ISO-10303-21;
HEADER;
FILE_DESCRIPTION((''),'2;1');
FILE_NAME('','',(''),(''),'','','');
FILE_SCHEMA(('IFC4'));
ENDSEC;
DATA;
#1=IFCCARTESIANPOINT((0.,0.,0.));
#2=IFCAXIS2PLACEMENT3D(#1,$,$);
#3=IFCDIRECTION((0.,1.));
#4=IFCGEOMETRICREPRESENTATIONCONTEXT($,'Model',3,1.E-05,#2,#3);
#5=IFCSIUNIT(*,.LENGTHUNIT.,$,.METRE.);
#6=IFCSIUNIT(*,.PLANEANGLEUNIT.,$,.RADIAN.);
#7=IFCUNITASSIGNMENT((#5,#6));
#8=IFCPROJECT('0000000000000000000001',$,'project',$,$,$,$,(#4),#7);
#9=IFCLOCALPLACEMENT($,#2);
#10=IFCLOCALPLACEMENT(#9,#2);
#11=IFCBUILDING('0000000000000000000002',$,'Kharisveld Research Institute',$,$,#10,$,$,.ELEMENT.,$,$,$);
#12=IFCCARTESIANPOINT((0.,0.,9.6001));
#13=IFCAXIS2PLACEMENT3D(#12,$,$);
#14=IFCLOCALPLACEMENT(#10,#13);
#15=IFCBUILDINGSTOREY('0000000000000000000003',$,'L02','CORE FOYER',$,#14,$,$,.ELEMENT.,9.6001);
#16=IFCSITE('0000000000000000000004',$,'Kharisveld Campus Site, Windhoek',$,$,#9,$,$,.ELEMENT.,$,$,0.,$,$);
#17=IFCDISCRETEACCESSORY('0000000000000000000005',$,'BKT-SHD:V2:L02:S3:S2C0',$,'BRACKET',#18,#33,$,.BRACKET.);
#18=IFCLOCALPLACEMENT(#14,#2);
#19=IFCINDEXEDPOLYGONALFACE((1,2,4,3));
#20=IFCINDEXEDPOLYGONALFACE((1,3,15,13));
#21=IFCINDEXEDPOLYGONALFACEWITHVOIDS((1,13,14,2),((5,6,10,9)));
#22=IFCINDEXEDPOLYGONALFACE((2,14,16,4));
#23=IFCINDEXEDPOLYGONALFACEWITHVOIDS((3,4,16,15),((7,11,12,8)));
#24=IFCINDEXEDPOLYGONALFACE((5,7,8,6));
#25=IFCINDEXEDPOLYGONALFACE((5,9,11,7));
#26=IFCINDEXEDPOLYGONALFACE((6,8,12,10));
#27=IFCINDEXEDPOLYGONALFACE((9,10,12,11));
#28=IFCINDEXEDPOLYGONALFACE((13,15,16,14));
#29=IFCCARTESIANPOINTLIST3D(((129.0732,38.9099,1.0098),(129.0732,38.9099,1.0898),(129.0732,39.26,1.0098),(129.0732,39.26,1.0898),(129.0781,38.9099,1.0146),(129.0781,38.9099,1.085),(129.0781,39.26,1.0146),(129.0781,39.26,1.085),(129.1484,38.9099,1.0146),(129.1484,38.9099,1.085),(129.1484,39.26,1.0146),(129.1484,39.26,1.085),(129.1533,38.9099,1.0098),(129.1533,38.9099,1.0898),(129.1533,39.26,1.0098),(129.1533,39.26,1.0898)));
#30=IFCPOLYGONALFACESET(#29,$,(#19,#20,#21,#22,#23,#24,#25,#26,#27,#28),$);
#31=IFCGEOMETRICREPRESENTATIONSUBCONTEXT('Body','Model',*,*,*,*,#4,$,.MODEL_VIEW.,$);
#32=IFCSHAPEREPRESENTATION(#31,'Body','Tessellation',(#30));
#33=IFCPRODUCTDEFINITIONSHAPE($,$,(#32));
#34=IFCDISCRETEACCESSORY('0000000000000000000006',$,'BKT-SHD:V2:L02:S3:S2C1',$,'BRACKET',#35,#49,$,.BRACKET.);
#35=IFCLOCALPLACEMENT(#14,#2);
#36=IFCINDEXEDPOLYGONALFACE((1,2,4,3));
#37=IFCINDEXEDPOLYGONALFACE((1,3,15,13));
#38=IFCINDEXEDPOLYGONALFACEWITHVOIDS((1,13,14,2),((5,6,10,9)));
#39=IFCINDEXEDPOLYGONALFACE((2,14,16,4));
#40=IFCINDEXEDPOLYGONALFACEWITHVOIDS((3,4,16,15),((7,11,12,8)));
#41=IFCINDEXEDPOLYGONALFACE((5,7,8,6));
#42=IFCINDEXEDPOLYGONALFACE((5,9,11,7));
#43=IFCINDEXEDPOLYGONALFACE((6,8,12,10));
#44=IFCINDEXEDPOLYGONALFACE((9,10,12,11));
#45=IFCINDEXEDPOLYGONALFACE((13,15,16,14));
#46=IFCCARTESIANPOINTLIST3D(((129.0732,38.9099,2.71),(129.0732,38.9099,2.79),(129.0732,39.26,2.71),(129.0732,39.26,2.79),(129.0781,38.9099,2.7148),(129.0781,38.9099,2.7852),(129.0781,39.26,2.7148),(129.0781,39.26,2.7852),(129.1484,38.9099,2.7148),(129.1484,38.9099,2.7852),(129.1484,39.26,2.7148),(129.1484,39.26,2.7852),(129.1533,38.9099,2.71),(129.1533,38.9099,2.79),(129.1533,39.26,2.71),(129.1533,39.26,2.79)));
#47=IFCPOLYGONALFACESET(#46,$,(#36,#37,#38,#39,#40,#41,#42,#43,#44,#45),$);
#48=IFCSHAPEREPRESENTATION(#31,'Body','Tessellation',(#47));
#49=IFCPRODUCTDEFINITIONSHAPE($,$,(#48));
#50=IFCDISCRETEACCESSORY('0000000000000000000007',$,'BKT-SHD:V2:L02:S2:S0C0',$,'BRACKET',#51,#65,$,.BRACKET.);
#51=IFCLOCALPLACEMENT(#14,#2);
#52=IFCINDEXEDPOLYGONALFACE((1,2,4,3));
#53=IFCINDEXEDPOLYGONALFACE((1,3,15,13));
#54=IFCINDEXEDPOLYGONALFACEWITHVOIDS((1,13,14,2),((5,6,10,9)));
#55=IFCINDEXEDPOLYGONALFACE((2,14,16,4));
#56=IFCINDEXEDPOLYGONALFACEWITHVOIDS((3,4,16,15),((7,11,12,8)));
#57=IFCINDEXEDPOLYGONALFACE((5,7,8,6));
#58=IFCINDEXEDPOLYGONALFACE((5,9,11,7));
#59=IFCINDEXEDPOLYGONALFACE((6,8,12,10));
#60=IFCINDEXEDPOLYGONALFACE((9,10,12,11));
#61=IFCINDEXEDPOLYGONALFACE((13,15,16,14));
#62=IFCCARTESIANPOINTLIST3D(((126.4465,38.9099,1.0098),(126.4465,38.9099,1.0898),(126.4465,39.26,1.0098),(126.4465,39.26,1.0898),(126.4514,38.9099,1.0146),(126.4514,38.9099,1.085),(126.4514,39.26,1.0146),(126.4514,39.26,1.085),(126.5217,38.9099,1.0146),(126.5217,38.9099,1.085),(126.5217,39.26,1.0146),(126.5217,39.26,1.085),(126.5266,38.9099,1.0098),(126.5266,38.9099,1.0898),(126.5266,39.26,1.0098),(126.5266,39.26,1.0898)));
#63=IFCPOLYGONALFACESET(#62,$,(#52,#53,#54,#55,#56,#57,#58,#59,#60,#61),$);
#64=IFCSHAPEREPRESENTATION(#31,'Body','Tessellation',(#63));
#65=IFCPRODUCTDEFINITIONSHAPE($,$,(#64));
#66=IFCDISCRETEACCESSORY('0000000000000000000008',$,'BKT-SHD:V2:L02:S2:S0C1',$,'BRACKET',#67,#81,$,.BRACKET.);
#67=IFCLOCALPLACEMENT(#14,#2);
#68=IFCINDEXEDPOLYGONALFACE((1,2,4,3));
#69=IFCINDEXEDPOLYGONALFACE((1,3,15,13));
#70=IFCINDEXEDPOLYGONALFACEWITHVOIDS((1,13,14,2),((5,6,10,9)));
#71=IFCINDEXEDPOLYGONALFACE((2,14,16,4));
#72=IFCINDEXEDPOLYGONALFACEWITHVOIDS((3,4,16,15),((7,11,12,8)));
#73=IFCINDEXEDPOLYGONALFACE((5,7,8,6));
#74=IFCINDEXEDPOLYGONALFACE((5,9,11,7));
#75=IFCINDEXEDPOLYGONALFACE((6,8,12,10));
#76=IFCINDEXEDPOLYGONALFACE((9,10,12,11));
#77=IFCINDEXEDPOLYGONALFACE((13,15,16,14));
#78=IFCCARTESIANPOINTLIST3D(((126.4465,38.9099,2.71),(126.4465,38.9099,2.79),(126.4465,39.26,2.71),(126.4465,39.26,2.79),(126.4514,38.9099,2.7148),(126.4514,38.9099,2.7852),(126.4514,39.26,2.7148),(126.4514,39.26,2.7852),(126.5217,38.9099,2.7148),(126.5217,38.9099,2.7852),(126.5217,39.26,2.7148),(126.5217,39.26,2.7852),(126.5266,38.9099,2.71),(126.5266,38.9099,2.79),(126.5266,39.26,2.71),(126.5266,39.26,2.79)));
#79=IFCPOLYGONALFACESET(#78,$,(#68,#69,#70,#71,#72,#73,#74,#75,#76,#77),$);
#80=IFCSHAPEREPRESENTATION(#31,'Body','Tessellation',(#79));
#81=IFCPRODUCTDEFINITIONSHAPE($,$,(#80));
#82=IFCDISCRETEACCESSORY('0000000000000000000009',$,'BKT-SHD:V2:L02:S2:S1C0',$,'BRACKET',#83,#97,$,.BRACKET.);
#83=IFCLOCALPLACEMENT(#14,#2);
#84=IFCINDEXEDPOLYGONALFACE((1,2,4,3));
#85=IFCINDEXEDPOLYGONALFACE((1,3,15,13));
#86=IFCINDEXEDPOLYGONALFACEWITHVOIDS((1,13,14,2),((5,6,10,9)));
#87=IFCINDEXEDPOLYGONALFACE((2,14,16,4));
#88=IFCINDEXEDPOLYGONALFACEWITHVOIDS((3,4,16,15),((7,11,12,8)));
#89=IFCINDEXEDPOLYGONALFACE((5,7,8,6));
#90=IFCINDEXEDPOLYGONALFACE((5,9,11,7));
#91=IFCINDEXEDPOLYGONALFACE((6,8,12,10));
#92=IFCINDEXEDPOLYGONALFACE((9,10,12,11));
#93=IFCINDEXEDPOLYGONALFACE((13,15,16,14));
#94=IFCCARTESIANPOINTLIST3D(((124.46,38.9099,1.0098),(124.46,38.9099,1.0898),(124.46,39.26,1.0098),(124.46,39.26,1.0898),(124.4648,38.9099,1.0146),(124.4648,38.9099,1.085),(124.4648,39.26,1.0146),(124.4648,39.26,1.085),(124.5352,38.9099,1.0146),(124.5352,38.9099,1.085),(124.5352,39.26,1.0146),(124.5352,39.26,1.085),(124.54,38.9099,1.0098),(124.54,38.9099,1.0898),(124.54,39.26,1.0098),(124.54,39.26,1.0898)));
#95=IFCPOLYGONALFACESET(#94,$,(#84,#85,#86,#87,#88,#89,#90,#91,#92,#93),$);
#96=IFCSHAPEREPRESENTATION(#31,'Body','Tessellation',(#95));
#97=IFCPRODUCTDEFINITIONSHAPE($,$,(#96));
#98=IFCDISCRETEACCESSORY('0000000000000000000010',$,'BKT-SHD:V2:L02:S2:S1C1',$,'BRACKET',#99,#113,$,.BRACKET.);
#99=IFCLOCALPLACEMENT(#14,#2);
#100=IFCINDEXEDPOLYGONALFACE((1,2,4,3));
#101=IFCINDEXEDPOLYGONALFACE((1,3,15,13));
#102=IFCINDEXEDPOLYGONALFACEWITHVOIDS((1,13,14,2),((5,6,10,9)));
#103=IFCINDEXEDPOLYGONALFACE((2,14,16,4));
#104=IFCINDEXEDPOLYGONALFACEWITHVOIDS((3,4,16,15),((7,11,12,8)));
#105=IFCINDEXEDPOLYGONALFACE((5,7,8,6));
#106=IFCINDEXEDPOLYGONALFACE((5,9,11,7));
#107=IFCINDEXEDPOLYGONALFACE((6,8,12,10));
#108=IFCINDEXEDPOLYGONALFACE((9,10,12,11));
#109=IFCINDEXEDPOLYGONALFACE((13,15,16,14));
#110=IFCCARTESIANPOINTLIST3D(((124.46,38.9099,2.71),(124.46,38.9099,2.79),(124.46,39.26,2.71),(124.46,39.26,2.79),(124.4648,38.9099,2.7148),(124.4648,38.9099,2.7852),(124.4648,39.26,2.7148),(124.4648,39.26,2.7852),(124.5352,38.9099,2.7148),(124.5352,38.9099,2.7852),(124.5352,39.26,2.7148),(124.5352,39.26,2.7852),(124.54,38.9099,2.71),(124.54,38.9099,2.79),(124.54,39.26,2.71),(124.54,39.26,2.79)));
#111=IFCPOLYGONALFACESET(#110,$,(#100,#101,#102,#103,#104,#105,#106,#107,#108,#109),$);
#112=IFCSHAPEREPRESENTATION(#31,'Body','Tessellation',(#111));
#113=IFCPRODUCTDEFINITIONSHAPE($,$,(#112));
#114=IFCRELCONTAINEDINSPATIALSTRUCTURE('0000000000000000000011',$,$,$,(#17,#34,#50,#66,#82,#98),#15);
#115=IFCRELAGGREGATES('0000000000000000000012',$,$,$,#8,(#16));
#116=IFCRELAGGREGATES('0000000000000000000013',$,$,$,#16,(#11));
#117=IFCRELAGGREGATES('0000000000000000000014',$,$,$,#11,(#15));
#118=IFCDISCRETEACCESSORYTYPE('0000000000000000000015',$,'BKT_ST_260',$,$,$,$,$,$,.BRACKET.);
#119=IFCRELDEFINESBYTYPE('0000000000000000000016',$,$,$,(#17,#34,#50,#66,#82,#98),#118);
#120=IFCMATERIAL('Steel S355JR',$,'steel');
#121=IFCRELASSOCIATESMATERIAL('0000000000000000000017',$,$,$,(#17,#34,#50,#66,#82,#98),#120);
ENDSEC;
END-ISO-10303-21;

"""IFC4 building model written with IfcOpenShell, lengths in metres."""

from ifc_helpers import new_model, si_unit, direction, frame, origin, origin_2d, place, context, subcontext, project, spatial, hollow_rectangle, extrude, material, type_object, element, save


model = new_model("IFC4")

# Units and contexts
model_context = context("Model", 3, precision=1e-05, world=origin(), true_north=direction((0.0, 1.0)))
body_context = subcontext(model_context, "Body", "Model", "MODEL_VIEW")
ifc_project = project(units=[si_unit("LENGTHUNIT", "METRE"), si_unit("PLANEANGLEUNIT", "RADIAN")], contexts=[model_context])

# Site, building, storey
site_placement = place(None, origin())
site = spatial("IfcSite", under=ifc_project, at=site_placement, Name="Kharisveld Campus Site, Windhoek", CompositionType="ELEMENT", RefElevation=0.0)
building_placement = place(site_placement, origin())
building = spatial("IfcBuilding", under=site, at=building_placement, Name="Kharisveld Research Institute", CompositionType="ELEMENT")
storey_placement = place(building_placement, frame((0.0, 0.0, 9.6001)))
storey = spatial("IfcBuildingStorey", under=building, at=storey_placement, Name="L02", Description="CORE FOYER", CompositionType="ELEMENT", Elevation=9.6001)

# Discrete accessories
ifc_material_1 = material(Name="Steel S355JR", Category="steel")
discrete_accessory_type = type_object("IfcDiscreteAccessoryType", Name="BKT_ST_260", PredefinedType="BRACKET")
for number, where, z_axis, x_axis, name in (
    (1, (129.1133, 39.26, 1.0498), (0.0, -1.0, 0.0), (1.0, 0.0, 0.0), "BKT-SHD:V2:L02:S3:S2C0"),
    (2, (129.1133, 39.26, 2.75), (0.0, -1.0, 0.0), (1.0, 0.0, 0.0), "BKT-SHD:V2:L02:S3:S2C1"),
    (3, (126.4866, 39.26, 1.0498), (0.0, -1.0, 0.0), (1.0, 0.0, 0.0), "BKT-SHD:V2:L02:S2:S0C0"),
    (4, (126.4866, 39.26, 2.75), (0.0, -1.0, 0.0), (1.0, 0.0, 0.0), "BKT-SHD:V2:L02:S2:S0C1"),
    (5, (124.5, 39.26, 1.0498), (0.0, -1.0, 0.0), (1.0, 0.0, 0.0), "BKT-SHD:V2:L02:S2:S1C0"),
    (6, (124.5, 39.26, 2.75), (0.0, -1.0, 0.0), (1.0, 0.0, 0.0), "BKT-SHD:V2:L02:S2:S1C1"),
):
    element("IfcDiscreteAccessory", number, at=place(storey_placement, frame(where, z_axis=z_axis, x_axis=x_axis)), inside=storey, type_object=discrete_accessory_type, material=ifc_material_1, Name=name, ObjectType="BRACKET", PredefinedType="BRACKET", context=body_context, shape_type="SweptSolid", body=[
        extrude(hollow_rectangle(XDim=0.0801, YDim=0.0801, WallThickness=0.0049, at=origin_2d()), origin(), (0.0, 0.0, 1.0), 0.3501),
    ])

save(model, "model.ifc")
